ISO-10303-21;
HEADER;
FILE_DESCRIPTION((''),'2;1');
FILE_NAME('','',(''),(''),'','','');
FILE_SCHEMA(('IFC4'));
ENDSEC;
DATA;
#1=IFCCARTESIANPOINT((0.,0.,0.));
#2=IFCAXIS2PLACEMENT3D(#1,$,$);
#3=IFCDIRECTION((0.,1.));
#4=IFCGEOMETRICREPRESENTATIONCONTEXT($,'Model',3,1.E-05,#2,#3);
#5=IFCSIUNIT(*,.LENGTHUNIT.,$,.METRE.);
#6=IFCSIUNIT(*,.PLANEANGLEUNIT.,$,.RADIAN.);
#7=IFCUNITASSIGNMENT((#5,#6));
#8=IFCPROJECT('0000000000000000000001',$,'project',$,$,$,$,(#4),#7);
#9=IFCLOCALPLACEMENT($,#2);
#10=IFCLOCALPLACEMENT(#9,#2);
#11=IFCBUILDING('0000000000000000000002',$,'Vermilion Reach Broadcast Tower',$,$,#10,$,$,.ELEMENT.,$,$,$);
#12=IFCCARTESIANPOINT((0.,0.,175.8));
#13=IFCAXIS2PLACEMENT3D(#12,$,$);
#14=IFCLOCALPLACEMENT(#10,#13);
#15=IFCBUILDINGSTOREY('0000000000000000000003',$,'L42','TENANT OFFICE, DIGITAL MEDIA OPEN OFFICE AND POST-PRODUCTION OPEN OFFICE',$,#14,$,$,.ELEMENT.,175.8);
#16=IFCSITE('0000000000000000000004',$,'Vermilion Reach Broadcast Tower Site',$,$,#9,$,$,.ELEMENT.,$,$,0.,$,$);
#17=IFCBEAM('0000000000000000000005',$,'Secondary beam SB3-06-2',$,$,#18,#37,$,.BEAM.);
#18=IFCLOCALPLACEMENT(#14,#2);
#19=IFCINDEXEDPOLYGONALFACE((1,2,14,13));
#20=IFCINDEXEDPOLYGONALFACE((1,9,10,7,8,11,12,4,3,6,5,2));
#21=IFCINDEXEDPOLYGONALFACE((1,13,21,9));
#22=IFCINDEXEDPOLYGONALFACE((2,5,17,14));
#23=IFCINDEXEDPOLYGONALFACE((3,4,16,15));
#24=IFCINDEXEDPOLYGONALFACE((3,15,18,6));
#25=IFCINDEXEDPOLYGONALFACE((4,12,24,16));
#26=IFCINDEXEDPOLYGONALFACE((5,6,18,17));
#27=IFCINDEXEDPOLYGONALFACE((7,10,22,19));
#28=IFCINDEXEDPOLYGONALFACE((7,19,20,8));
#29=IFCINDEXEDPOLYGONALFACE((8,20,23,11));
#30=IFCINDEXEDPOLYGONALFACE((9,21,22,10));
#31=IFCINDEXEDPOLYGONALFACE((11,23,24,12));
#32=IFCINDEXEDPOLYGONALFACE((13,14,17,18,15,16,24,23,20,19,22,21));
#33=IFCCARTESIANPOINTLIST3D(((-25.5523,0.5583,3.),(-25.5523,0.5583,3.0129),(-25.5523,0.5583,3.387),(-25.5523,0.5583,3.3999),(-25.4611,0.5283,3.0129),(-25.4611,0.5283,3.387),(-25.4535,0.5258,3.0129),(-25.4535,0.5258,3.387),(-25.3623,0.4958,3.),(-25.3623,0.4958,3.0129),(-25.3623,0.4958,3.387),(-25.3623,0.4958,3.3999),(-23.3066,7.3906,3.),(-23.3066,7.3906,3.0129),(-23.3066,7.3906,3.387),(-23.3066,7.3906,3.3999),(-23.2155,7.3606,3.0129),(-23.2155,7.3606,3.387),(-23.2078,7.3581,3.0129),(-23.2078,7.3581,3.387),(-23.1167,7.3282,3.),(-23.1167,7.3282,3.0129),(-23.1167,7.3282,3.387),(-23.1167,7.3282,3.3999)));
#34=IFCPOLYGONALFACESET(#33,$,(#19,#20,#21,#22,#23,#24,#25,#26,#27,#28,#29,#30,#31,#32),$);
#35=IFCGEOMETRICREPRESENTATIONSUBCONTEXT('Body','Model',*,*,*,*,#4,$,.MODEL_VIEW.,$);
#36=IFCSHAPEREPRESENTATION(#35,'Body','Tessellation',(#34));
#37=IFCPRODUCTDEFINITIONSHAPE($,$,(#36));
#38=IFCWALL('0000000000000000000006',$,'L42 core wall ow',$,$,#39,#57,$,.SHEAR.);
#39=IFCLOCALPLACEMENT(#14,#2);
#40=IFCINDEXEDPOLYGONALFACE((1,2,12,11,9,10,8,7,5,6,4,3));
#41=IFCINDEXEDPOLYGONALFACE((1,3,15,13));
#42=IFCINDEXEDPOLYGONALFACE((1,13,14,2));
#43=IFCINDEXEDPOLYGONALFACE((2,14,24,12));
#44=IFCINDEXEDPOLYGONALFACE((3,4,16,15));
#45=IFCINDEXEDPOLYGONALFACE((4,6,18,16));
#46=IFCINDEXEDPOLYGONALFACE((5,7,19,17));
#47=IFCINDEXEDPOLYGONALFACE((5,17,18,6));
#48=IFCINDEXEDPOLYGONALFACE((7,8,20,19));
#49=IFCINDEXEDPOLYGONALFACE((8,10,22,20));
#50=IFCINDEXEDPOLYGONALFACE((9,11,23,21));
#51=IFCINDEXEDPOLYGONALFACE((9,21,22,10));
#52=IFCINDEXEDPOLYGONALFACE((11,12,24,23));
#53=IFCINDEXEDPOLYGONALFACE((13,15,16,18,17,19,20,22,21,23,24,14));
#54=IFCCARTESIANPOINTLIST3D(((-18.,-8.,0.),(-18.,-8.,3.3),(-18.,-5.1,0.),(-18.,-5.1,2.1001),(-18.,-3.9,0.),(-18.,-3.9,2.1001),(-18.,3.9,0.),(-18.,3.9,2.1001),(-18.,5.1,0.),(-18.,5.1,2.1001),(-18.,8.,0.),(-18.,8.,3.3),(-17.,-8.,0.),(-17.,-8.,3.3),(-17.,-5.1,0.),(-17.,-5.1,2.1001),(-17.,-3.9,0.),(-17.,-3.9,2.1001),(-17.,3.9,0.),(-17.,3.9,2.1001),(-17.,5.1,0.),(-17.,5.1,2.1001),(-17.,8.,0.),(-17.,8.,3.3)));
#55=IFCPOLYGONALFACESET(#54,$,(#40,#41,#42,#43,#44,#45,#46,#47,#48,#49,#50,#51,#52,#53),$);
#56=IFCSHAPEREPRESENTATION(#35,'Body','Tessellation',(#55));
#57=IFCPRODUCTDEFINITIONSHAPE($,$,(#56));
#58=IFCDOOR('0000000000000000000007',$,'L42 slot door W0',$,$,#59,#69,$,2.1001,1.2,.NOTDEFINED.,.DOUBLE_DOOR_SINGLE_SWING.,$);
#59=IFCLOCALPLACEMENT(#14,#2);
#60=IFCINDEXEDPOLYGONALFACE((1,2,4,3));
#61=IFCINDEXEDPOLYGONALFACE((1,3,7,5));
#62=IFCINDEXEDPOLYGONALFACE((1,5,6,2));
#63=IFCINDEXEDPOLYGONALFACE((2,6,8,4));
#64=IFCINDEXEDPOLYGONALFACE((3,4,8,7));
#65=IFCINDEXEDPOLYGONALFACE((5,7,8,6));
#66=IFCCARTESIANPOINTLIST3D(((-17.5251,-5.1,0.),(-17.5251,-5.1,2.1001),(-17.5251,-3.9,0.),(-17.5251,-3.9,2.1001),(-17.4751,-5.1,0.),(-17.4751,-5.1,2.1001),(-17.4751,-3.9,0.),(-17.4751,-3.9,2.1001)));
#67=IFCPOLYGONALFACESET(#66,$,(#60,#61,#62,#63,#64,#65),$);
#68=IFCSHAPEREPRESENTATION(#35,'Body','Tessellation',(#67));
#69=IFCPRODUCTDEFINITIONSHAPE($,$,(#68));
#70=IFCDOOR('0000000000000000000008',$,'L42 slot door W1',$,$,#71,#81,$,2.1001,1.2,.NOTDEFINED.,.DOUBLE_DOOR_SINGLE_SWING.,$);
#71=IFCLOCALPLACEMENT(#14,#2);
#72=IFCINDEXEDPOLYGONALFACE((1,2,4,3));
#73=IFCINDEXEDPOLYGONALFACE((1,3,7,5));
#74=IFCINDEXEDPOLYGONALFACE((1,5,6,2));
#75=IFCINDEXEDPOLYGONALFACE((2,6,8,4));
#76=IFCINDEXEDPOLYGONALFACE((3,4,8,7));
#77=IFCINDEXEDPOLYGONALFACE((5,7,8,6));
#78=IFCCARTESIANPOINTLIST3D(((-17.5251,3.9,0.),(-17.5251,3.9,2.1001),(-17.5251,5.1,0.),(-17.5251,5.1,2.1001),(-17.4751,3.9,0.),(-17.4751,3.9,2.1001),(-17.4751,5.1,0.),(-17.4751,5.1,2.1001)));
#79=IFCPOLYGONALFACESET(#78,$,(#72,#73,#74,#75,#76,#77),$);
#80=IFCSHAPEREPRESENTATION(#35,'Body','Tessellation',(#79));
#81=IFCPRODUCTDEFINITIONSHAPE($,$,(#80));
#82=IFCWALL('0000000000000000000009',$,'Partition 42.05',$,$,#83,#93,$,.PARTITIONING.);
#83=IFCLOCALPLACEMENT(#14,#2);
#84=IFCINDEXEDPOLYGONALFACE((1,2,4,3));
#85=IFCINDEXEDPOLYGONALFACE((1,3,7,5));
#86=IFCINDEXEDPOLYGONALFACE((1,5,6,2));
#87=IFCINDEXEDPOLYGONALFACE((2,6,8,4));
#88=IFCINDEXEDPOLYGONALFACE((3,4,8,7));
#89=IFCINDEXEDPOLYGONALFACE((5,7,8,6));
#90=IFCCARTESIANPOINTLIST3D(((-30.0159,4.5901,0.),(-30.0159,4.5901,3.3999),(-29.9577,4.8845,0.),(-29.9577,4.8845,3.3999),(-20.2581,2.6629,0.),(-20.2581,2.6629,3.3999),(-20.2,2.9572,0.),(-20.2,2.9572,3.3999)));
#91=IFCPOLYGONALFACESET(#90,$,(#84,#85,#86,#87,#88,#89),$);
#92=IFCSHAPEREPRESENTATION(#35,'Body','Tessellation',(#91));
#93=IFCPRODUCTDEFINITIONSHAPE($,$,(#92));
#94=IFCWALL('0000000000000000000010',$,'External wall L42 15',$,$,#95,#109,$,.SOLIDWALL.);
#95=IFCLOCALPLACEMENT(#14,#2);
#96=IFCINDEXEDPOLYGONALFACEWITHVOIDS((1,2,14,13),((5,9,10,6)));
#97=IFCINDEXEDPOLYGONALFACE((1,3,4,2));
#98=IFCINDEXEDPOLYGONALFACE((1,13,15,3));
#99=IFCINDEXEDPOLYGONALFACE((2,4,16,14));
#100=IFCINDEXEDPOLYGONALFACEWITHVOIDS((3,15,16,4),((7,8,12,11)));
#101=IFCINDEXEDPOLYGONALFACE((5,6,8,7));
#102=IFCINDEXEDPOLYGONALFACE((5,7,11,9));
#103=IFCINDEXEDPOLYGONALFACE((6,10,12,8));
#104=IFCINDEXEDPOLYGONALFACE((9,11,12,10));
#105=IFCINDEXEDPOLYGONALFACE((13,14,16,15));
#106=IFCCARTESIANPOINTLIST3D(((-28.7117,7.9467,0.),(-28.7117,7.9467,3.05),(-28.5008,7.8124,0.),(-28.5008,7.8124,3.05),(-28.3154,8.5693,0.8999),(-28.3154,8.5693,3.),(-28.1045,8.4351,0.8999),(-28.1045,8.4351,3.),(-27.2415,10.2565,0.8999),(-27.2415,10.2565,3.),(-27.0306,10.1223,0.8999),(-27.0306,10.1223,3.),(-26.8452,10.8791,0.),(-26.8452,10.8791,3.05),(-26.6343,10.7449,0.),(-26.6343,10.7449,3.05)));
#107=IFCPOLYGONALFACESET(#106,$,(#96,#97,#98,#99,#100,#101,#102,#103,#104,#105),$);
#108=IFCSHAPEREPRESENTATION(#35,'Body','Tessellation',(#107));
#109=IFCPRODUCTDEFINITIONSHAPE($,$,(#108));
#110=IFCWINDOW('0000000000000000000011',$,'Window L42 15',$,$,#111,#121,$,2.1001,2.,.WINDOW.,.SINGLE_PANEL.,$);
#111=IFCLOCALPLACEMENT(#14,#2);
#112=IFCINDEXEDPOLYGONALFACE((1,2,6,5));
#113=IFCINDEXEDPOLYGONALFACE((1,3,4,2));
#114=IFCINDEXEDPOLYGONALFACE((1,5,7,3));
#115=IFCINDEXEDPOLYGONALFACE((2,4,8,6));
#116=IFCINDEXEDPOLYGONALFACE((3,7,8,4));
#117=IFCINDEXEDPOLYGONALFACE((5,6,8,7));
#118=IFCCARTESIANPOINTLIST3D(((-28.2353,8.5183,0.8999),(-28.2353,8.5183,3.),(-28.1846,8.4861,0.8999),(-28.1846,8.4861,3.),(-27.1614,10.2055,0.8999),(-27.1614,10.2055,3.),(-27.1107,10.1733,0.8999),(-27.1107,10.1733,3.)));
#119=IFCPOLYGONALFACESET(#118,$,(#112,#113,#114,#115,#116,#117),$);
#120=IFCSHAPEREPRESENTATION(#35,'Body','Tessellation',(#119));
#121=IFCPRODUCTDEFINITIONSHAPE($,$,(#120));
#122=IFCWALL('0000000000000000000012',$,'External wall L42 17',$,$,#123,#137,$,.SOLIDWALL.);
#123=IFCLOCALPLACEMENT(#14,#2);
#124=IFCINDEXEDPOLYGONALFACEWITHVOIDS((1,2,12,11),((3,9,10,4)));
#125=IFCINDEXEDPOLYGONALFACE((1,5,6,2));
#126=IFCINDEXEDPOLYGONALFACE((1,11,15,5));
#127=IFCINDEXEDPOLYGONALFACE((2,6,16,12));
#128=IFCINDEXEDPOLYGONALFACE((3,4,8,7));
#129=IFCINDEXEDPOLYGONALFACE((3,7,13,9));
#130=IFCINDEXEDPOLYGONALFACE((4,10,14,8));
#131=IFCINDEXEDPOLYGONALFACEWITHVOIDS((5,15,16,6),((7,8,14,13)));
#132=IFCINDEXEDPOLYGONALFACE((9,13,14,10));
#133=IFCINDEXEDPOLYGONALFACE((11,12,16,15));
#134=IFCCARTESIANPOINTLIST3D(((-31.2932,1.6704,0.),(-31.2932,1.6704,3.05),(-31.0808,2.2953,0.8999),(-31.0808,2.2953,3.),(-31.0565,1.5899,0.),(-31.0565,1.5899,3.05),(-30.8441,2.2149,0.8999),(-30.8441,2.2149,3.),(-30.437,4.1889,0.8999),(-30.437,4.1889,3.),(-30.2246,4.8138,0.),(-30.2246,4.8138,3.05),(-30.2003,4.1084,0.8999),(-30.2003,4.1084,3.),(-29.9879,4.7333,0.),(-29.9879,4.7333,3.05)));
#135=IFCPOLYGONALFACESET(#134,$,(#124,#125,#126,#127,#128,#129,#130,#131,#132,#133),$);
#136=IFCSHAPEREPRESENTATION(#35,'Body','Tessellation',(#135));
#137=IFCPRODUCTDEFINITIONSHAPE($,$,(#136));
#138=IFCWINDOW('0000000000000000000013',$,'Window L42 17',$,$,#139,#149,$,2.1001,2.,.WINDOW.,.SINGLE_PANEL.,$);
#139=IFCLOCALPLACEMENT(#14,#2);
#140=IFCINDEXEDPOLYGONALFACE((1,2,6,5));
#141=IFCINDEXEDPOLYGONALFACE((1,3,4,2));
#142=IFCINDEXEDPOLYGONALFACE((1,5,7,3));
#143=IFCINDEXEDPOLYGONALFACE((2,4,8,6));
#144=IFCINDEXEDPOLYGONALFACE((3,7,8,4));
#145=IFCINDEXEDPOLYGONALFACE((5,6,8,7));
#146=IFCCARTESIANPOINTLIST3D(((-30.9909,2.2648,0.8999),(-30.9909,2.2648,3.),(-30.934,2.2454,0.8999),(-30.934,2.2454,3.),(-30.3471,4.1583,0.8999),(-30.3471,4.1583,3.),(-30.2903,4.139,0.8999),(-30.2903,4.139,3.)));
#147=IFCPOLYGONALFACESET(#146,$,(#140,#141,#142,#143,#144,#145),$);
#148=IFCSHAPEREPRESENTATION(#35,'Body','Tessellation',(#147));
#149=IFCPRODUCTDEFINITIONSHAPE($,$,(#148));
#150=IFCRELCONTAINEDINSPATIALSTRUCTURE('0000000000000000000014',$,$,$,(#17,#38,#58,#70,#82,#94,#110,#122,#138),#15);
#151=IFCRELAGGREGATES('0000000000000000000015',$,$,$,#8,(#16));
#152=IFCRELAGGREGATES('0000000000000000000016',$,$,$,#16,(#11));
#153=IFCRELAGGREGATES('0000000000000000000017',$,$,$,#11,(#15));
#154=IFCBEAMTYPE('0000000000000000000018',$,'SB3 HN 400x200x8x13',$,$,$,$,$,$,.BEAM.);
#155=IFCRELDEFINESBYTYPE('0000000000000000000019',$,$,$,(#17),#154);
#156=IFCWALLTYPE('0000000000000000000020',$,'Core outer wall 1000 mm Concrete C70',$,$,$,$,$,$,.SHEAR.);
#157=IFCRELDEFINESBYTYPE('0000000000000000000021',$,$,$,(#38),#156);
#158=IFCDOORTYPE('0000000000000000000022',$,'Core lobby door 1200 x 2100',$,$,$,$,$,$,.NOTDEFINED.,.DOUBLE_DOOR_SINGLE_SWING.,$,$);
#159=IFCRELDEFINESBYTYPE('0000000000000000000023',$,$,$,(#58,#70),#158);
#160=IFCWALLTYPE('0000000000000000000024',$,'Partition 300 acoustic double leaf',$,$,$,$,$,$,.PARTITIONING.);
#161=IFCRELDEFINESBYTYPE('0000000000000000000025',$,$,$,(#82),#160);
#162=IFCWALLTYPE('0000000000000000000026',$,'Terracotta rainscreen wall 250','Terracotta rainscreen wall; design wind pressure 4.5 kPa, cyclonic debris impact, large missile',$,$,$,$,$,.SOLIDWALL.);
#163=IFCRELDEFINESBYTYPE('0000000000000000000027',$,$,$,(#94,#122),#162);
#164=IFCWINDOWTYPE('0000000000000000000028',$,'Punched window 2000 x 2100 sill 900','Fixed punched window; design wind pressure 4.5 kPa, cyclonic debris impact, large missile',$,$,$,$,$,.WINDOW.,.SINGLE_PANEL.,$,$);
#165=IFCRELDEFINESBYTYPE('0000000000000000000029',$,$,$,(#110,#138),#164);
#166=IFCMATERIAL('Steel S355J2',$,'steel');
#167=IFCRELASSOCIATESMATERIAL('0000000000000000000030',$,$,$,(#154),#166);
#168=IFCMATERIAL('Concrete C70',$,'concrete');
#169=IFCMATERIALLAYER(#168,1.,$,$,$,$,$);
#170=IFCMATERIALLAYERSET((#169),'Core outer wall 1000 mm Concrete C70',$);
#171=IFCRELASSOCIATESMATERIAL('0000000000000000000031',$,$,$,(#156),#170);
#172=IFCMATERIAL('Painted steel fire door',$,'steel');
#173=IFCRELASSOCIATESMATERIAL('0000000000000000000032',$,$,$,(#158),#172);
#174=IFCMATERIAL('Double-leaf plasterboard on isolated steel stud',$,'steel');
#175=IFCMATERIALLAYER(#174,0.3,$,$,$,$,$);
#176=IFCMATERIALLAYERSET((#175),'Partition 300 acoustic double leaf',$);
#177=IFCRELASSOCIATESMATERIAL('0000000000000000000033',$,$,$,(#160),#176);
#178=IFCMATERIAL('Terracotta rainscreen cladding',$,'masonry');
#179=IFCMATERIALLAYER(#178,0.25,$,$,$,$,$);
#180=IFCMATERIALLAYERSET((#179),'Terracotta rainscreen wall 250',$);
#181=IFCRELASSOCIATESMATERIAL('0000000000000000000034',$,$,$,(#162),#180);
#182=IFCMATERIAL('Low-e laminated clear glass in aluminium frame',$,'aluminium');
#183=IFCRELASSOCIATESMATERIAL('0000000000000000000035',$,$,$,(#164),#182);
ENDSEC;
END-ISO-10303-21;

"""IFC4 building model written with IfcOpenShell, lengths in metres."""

from ifc_helpers import new_model, si_unit, direction, frame, frame_2d, origin, origin_2d, place, context, subcontext, project, spatial, rectangle, i_section, extrude, material, layer, layer_set, material_profile, profile_set, type_object, element, fill, save


model = new_model("IFC4")

# Units and contexts
model_context = context("Model", 3, precision=1e-05, world=origin(), true_north=direction((0.0, 1.0)))
body_context = subcontext(model_context, "Body", "Model", "MODEL_VIEW")
ifc_project = project(units=[si_unit("LENGTHUNIT", "METRE"), si_unit("PLANEANGLEUNIT", "RADIAN")], contexts=[model_context])

# Site, building, storey
site_placement = place(None, origin())
site = spatial("IfcSite", under=ifc_project, at=site_placement, Name="Vermilion Reach Broadcast Tower Site", CompositionType="ELEMENT", RefElevation=0.0)
building_placement = place(site_placement, origin())
building = spatial("IfcBuilding", under=site, at=building_placement, Name="Vermilion Reach Broadcast Tower", CompositionType="ELEMENT")
storey_placement = place(building_placement, frame((0.0, 0.0, 175.8)))
storey = spatial("IfcBuildingStorey", under=building, at=storey_placement, Name="L42", Description="TENANT OFFICE, DIGITAL MEDIA OPEN OFFICE AND POST-PRODUCTION OPEN OFFICE", CompositionType="ELEMENT", Elevation=175.8)

# Beam
ifc_material_1 = material(Name="Steel S355J2", Category="steel")
ifc_material_profile_1 = material_profile(ifc_material_1, i_section(OverallWidth=0.2, OverallDepth=0.3999, WebThickness=0.0081, FlangeThickness=0.0129, at=origin_2d()), Name="S355J2 HN 400x200x8x13")
ifc_profile_set_1 = profile_set([ifc_material_profile_1], Name="Steel S355J2")
beam_type_1 = type_object("IfcBeamType", Name="SB3 HN 400x200x8x13", PredefinedType="BEAM", material=ifc_profile_set_1)
beam_1_placement = place(storey_placement, frame((-23.2117, 7.3594, 3.2), z_axis=(-0.312243, -0.950002, 0.0), x_axis=(0.950002, -0.312243, 0.0)))
element("IfcBeam", 1, at=beam_1_placement, inside=storey, type_object=beam_type_1, Name="Secondary beam SB3-06-2", PredefinedType="BEAM", context=body_context, shape_type="SweptSolid", body=[
    extrude(i_section(OverallWidth=0.2, OverallDepth=0.3999, WebThickness=0.0081, FlangeThickness=0.0129, at=origin_2d()), origin(), (0.0, 0.0, 1.0), 7.1919),
])

# Wall, openings, doors
ifc_material_2 = material(Name="Concrete C70", Category="concrete")
ifc_layer_1 = layer(ifc_material_2, 1.0)
ifc_layer_set_1 = layer_set([ifc_layer_1], Name="Core outer wall 1000 mm Concrete C70")
wall_type_1 = type_object("IfcWallType", Name="Core outer wall 1000 mm Concrete C70", PredefinedType="SHEAR", material=ifc_layer_set_1)
wall_1_placement = place(storey_placement, frame((-17.5, 8.0, 0.0), z_axis=(0.0, 0.0, 1.0), x_axis=(0.0, -1.0, 0.0)))
wall_1 = element("IfcWall", 2, at=wall_1_placement, inside=storey, type_object=wall_type_1, Name="L42 core wall ow", PredefinedType="SHEAR", context=body_context, shape_type="SweptSolid", body=[
    extrude(rectangle(XDim=16.0, YDim=1.0, at=frame_2d((8.0, 0.0))), origin(), (0.0, 0.0, 1.0), 3.3),
])
opening_1_placement = place(wall_1_placement, frame((11.8999, 0.0, 0.0)))
opening_1 = element("IfcOpeningElement", 3, at=opening_1_placement, cuts=wall_1, PredefinedType="OPENING", context=body_context, shape_type="SweptSolid", body=[
    extrude(rectangle(XDim=1.2, YDim=2.1001, at=frame_2d((0.6001, 1.05))), frame((0.0, 0.51, 0.0), z_axis=(0.0, -1.0, 0.0), x_axis=(1.0, 0.0, 0.0)), (0.0, 0.0, 1.0), 1.02),
])
opening_2_placement = place(wall_1_placement, frame((2.8999, 0.0, 0.0)))
opening_2 = element("IfcOpeningElement", 4, at=opening_2_placement, cuts=wall_1, PredefinedType="OPENING", context=body_context, shape_type="SweptSolid", body=[
    extrude(rectangle(XDim=1.2, YDim=2.1001, at=frame_2d((0.6001, 1.05))), frame((0.0, 0.51, 0.0), z_axis=(0.0, -1.0, 0.0), x_axis=(1.0, 0.0, 0.0)), (0.0, 0.0, 1.0), 1.02),
])
ifc_material_3 = material(Name="Painted steel fire door", Category="steel")
door_type_1 = type_object("IfcDoorType", Name="Core lobby door 1200 x 2100", OperationType="DOUBLE_DOOR_SINGLE_SWING", PredefinedType="NOTDEFINED", material=ifc_material_3)
door_1_placement = place(opening_1_placement, origin())
door_1 = element("IfcDoor", 5, at=door_1_placement, inside=storey, type_object=door_type_1, Name="L42 slot door W0", OperationType="DOUBLE_DOOR_SINGLE_SWING", OverallHeight=2.1001, OverallWidth=1.2, PredefinedType="NOTDEFINED", context=body_context, shape_type="SweptSolid", body=[
    extrude(rectangle(XDim=1.2, YDim=2.1001, at=frame_2d((0.6001, 1.05))), frame((0.0, 0.0249, 0.0), z_axis=(0.0, -1.0, 0.0), x_axis=(1.0, 0.0, 0.0)), (0.0, 0.0, 1.0), 0.05),
])
fill(opening_1, door_1)
door_2_placement = place(opening_2_placement, origin())
door_2 = element("IfcDoor", 6, at=door_2_placement, inside=storey, type_object=door_type_1, Name="L42 slot door W1", OperationType="DOUBLE_DOOR_SINGLE_SWING", OverallHeight=2.1001, OverallWidth=1.2, PredefinedType="NOTDEFINED", context=body_context, shape_type="SweptSolid", body=[
    extrude(rectangle(XDim=1.2, YDim=2.1001, at=frame_2d((0.6001, 1.05))), frame((0.0, 0.0249, 0.0), z_axis=(0.0, -1.0, 0.0), x_axis=(1.0, 0.0, 0.0)), (0.0, 0.0, 1.0), 0.05),
])
fill(opening_2, door_2)

# Wall
ifc_material_4 = material(Name="Double-leaf plasterboard on isolated steel stud", Category="steel")
ifc_layer_2 = layer(ifc_material_4, 0.3)
ifc_layer_set_2 = layer_set([ifc_layer_2], Name="Partition 300 acoustic double leaf")
wall_type_2 = type_object("IfcWallType", Name="Partition 300 acoustic double leaf", PredefinedType="PARTITIONING", material=ifc_layer_set_2)
wall_2_placement = place(storey_placement, frame((-29.9868, 4.7373, 0.0), z_axis=(0.0, 0.0, 1.0), x_axis=(0.981048, -0.193765, 0.0)))
element("IfcWall", 7, at=wall_2_placement, inside=storey, type_object=wall_type_2, Name="Partition 42.05", PredefinedType="PARTITIONING", context=body_context, shape_type="SweptSolid", body=[
    extrude(rectangle(XDim=9.9463, YDim=0.3, at=frame_2d((4.9731, 0.0))), origin(), (0.0, 0.0, 1.0), 3.3999),
])

# Wall, opening, window
ifc_material_5 = material(Name="Terracotta rainscreen cladding", Category="masonry")
ifc_layer_3 = layer(ifc_material_5, 0.25)
ifc_layer_set_3 = layer_set([ifc_layer_3], Name="Terracotta rainscreen wall 250")
wall_type_3 = type_object("IfcWallType", Name="Terracotta rainscreen wall 250", Description="Terracotta rainscreen wall; design wind pressure 4.5 kPa, cyclonic debris impact, large missile", PredefinedType="SOLIDWALL", material=ifc_layer_set_3)
wall_3_placement = place(storey_placement, frame((-26.7397, 10.812, 0.0), z_axis=(0.0, 0.0, 1.0), x_axis=(-0.536957, -0.843609, 0.0)))
wall_3 = element("IfcWall", 8, at=wall_3_placement, inside=storey, type_object=wall_type_3, Name="External wall L42 15", PredefinedType="SOLIDWALL", context=body_context, shape_type="SweptSolid", body=[
    extrude(rectangle(XDim=3.4761, YDim=0.25, at=frame_2d((1.738, 0.0))), origin(), (0.0, 0.0, 1.0), 3.05),
])
opening_3_placement = place(wall_3_placement, frame((0.738, 0.0, 0.8999)))
opening_3 = element("IfcOpeningElement", 9, at=opening_3_placement, cuts=wall_3, PredefinedType="OPENING", context=body_context, shape_type="SweptSolid", body=[
    extrude(rectangle(XDim=2.0, YDim=2.1001, at=frame_2d((1.0, 1.05))), frame((0.0, 0.135, 0.0), z_axis=(0.0, -1.0, 0.0), x_axis=(1.0, 0.0, 0.0)), (0.0, 0.0, 1.0), 0.27),
])
ifc_material_6 = material(Name="Low-e laminated clear glass in aluminium frame", Category="aluminium")
window_type = type_object("IfcWindowType", Name="Punched window 2000 x 2100 sill 900", Description="Fixed punched window; design wind pressure 4.5 kPa, cyclonic debris impact, large missile", PartitioningType="SINGLE_PANEL", PredefinedType="WINDOW", material=ifc_material_6)
window_1_placement = place(opening_3_placement, origin())
window_1 = element("IfcWindow", 10, at=window_1_placement, inside=storey, type_object=window_type, Name="Window L42 15", OverallHeight=2.1001, OverallWidth=2.0, PartitioningType="SINGLE_PANEL", PredefinedType="WINDOW", context=body_context, shape_type="SweptSolid", body=[
    extrude(rectangle(XDim=2.0, YDim=2.1001, at=frame_2d((1.0, 1.05))), frame((0.0, 0.03, 0.0), z_axis=(0.0, -1.0, 0.0), x_axis=(1.0, 0.0, 0.0)), (0.0, 0.0, 1.0), 0.0601),
])
fill(opening_3, window_1)

# Wall, opening, window
wall_4_placement = place(storey_placement, frame((-30.1062, 4.7737, 0.0), z_axis=(0.0, 0.0, 1.0), x_axis=(-0.32187, -0.946784, 0.0)))
wall_4 = element("IfcWall", 11, at=wall_4_placement, inside=storey, type_object=wall_type_3, Name="External wall L42 17", PredefinedType="SOLIDWALL", context=body_context, shape_type="SweptSolid", body=[
    extrude(rectangle(XDim=3.3201, YDim=0.25, at=frame_2d((1.6602, 0.0))), origin(), (0.0, 0.0, 1.0), 3.05),
])
opening_4_placement = place(wall_4_placement, frame((0.6602, 0.0, 0.8999)))
opening_4 = element("IfcOpeningElement", 12, at=opening_4_placement, cuts=wall_4, PredefinedType="OPENING", context=body_context, shape_type="SweptSolid", body=[
    extrude(rectangle(XDim=2.0, YDim=2.1001, at=frame_2d((1.0, 1.05))), frame((0.0, 0.135, 0.0), z_axis=(0.0, -1.0, 0.0), x_axis=(1.0, 0.0, 0.0)), (0.0, 0.0, 1.0), 0.27),
])
window_2_placement = place(opening_4_placement, origin())
window_2 = element("IfcWindow", 13, at=window_2_placement, inside=storey, type_object=window_type, Name="Window L42 17", OverallHeight=2.1001, OverallWidth=2.0, PartitioningType="SINGLE_PANEL", PredefinedType="WINDOW", context=body_context, shape_type="SweptSolid", body=[
    extrude(rectangle(XDim=2.0, YDim=2.1001, at=frame_2d((1.0, 1.05))), frame((0.0, 0.03, 0.0), z_axis=(0.0, -1.0, 0.0), x_axis=(1.0, 0.0, 0.0)), (0.0, 0.0, 1.0), 0.0601),
])
fill(opening_4, window_2)

save(model, "model.ifc")
